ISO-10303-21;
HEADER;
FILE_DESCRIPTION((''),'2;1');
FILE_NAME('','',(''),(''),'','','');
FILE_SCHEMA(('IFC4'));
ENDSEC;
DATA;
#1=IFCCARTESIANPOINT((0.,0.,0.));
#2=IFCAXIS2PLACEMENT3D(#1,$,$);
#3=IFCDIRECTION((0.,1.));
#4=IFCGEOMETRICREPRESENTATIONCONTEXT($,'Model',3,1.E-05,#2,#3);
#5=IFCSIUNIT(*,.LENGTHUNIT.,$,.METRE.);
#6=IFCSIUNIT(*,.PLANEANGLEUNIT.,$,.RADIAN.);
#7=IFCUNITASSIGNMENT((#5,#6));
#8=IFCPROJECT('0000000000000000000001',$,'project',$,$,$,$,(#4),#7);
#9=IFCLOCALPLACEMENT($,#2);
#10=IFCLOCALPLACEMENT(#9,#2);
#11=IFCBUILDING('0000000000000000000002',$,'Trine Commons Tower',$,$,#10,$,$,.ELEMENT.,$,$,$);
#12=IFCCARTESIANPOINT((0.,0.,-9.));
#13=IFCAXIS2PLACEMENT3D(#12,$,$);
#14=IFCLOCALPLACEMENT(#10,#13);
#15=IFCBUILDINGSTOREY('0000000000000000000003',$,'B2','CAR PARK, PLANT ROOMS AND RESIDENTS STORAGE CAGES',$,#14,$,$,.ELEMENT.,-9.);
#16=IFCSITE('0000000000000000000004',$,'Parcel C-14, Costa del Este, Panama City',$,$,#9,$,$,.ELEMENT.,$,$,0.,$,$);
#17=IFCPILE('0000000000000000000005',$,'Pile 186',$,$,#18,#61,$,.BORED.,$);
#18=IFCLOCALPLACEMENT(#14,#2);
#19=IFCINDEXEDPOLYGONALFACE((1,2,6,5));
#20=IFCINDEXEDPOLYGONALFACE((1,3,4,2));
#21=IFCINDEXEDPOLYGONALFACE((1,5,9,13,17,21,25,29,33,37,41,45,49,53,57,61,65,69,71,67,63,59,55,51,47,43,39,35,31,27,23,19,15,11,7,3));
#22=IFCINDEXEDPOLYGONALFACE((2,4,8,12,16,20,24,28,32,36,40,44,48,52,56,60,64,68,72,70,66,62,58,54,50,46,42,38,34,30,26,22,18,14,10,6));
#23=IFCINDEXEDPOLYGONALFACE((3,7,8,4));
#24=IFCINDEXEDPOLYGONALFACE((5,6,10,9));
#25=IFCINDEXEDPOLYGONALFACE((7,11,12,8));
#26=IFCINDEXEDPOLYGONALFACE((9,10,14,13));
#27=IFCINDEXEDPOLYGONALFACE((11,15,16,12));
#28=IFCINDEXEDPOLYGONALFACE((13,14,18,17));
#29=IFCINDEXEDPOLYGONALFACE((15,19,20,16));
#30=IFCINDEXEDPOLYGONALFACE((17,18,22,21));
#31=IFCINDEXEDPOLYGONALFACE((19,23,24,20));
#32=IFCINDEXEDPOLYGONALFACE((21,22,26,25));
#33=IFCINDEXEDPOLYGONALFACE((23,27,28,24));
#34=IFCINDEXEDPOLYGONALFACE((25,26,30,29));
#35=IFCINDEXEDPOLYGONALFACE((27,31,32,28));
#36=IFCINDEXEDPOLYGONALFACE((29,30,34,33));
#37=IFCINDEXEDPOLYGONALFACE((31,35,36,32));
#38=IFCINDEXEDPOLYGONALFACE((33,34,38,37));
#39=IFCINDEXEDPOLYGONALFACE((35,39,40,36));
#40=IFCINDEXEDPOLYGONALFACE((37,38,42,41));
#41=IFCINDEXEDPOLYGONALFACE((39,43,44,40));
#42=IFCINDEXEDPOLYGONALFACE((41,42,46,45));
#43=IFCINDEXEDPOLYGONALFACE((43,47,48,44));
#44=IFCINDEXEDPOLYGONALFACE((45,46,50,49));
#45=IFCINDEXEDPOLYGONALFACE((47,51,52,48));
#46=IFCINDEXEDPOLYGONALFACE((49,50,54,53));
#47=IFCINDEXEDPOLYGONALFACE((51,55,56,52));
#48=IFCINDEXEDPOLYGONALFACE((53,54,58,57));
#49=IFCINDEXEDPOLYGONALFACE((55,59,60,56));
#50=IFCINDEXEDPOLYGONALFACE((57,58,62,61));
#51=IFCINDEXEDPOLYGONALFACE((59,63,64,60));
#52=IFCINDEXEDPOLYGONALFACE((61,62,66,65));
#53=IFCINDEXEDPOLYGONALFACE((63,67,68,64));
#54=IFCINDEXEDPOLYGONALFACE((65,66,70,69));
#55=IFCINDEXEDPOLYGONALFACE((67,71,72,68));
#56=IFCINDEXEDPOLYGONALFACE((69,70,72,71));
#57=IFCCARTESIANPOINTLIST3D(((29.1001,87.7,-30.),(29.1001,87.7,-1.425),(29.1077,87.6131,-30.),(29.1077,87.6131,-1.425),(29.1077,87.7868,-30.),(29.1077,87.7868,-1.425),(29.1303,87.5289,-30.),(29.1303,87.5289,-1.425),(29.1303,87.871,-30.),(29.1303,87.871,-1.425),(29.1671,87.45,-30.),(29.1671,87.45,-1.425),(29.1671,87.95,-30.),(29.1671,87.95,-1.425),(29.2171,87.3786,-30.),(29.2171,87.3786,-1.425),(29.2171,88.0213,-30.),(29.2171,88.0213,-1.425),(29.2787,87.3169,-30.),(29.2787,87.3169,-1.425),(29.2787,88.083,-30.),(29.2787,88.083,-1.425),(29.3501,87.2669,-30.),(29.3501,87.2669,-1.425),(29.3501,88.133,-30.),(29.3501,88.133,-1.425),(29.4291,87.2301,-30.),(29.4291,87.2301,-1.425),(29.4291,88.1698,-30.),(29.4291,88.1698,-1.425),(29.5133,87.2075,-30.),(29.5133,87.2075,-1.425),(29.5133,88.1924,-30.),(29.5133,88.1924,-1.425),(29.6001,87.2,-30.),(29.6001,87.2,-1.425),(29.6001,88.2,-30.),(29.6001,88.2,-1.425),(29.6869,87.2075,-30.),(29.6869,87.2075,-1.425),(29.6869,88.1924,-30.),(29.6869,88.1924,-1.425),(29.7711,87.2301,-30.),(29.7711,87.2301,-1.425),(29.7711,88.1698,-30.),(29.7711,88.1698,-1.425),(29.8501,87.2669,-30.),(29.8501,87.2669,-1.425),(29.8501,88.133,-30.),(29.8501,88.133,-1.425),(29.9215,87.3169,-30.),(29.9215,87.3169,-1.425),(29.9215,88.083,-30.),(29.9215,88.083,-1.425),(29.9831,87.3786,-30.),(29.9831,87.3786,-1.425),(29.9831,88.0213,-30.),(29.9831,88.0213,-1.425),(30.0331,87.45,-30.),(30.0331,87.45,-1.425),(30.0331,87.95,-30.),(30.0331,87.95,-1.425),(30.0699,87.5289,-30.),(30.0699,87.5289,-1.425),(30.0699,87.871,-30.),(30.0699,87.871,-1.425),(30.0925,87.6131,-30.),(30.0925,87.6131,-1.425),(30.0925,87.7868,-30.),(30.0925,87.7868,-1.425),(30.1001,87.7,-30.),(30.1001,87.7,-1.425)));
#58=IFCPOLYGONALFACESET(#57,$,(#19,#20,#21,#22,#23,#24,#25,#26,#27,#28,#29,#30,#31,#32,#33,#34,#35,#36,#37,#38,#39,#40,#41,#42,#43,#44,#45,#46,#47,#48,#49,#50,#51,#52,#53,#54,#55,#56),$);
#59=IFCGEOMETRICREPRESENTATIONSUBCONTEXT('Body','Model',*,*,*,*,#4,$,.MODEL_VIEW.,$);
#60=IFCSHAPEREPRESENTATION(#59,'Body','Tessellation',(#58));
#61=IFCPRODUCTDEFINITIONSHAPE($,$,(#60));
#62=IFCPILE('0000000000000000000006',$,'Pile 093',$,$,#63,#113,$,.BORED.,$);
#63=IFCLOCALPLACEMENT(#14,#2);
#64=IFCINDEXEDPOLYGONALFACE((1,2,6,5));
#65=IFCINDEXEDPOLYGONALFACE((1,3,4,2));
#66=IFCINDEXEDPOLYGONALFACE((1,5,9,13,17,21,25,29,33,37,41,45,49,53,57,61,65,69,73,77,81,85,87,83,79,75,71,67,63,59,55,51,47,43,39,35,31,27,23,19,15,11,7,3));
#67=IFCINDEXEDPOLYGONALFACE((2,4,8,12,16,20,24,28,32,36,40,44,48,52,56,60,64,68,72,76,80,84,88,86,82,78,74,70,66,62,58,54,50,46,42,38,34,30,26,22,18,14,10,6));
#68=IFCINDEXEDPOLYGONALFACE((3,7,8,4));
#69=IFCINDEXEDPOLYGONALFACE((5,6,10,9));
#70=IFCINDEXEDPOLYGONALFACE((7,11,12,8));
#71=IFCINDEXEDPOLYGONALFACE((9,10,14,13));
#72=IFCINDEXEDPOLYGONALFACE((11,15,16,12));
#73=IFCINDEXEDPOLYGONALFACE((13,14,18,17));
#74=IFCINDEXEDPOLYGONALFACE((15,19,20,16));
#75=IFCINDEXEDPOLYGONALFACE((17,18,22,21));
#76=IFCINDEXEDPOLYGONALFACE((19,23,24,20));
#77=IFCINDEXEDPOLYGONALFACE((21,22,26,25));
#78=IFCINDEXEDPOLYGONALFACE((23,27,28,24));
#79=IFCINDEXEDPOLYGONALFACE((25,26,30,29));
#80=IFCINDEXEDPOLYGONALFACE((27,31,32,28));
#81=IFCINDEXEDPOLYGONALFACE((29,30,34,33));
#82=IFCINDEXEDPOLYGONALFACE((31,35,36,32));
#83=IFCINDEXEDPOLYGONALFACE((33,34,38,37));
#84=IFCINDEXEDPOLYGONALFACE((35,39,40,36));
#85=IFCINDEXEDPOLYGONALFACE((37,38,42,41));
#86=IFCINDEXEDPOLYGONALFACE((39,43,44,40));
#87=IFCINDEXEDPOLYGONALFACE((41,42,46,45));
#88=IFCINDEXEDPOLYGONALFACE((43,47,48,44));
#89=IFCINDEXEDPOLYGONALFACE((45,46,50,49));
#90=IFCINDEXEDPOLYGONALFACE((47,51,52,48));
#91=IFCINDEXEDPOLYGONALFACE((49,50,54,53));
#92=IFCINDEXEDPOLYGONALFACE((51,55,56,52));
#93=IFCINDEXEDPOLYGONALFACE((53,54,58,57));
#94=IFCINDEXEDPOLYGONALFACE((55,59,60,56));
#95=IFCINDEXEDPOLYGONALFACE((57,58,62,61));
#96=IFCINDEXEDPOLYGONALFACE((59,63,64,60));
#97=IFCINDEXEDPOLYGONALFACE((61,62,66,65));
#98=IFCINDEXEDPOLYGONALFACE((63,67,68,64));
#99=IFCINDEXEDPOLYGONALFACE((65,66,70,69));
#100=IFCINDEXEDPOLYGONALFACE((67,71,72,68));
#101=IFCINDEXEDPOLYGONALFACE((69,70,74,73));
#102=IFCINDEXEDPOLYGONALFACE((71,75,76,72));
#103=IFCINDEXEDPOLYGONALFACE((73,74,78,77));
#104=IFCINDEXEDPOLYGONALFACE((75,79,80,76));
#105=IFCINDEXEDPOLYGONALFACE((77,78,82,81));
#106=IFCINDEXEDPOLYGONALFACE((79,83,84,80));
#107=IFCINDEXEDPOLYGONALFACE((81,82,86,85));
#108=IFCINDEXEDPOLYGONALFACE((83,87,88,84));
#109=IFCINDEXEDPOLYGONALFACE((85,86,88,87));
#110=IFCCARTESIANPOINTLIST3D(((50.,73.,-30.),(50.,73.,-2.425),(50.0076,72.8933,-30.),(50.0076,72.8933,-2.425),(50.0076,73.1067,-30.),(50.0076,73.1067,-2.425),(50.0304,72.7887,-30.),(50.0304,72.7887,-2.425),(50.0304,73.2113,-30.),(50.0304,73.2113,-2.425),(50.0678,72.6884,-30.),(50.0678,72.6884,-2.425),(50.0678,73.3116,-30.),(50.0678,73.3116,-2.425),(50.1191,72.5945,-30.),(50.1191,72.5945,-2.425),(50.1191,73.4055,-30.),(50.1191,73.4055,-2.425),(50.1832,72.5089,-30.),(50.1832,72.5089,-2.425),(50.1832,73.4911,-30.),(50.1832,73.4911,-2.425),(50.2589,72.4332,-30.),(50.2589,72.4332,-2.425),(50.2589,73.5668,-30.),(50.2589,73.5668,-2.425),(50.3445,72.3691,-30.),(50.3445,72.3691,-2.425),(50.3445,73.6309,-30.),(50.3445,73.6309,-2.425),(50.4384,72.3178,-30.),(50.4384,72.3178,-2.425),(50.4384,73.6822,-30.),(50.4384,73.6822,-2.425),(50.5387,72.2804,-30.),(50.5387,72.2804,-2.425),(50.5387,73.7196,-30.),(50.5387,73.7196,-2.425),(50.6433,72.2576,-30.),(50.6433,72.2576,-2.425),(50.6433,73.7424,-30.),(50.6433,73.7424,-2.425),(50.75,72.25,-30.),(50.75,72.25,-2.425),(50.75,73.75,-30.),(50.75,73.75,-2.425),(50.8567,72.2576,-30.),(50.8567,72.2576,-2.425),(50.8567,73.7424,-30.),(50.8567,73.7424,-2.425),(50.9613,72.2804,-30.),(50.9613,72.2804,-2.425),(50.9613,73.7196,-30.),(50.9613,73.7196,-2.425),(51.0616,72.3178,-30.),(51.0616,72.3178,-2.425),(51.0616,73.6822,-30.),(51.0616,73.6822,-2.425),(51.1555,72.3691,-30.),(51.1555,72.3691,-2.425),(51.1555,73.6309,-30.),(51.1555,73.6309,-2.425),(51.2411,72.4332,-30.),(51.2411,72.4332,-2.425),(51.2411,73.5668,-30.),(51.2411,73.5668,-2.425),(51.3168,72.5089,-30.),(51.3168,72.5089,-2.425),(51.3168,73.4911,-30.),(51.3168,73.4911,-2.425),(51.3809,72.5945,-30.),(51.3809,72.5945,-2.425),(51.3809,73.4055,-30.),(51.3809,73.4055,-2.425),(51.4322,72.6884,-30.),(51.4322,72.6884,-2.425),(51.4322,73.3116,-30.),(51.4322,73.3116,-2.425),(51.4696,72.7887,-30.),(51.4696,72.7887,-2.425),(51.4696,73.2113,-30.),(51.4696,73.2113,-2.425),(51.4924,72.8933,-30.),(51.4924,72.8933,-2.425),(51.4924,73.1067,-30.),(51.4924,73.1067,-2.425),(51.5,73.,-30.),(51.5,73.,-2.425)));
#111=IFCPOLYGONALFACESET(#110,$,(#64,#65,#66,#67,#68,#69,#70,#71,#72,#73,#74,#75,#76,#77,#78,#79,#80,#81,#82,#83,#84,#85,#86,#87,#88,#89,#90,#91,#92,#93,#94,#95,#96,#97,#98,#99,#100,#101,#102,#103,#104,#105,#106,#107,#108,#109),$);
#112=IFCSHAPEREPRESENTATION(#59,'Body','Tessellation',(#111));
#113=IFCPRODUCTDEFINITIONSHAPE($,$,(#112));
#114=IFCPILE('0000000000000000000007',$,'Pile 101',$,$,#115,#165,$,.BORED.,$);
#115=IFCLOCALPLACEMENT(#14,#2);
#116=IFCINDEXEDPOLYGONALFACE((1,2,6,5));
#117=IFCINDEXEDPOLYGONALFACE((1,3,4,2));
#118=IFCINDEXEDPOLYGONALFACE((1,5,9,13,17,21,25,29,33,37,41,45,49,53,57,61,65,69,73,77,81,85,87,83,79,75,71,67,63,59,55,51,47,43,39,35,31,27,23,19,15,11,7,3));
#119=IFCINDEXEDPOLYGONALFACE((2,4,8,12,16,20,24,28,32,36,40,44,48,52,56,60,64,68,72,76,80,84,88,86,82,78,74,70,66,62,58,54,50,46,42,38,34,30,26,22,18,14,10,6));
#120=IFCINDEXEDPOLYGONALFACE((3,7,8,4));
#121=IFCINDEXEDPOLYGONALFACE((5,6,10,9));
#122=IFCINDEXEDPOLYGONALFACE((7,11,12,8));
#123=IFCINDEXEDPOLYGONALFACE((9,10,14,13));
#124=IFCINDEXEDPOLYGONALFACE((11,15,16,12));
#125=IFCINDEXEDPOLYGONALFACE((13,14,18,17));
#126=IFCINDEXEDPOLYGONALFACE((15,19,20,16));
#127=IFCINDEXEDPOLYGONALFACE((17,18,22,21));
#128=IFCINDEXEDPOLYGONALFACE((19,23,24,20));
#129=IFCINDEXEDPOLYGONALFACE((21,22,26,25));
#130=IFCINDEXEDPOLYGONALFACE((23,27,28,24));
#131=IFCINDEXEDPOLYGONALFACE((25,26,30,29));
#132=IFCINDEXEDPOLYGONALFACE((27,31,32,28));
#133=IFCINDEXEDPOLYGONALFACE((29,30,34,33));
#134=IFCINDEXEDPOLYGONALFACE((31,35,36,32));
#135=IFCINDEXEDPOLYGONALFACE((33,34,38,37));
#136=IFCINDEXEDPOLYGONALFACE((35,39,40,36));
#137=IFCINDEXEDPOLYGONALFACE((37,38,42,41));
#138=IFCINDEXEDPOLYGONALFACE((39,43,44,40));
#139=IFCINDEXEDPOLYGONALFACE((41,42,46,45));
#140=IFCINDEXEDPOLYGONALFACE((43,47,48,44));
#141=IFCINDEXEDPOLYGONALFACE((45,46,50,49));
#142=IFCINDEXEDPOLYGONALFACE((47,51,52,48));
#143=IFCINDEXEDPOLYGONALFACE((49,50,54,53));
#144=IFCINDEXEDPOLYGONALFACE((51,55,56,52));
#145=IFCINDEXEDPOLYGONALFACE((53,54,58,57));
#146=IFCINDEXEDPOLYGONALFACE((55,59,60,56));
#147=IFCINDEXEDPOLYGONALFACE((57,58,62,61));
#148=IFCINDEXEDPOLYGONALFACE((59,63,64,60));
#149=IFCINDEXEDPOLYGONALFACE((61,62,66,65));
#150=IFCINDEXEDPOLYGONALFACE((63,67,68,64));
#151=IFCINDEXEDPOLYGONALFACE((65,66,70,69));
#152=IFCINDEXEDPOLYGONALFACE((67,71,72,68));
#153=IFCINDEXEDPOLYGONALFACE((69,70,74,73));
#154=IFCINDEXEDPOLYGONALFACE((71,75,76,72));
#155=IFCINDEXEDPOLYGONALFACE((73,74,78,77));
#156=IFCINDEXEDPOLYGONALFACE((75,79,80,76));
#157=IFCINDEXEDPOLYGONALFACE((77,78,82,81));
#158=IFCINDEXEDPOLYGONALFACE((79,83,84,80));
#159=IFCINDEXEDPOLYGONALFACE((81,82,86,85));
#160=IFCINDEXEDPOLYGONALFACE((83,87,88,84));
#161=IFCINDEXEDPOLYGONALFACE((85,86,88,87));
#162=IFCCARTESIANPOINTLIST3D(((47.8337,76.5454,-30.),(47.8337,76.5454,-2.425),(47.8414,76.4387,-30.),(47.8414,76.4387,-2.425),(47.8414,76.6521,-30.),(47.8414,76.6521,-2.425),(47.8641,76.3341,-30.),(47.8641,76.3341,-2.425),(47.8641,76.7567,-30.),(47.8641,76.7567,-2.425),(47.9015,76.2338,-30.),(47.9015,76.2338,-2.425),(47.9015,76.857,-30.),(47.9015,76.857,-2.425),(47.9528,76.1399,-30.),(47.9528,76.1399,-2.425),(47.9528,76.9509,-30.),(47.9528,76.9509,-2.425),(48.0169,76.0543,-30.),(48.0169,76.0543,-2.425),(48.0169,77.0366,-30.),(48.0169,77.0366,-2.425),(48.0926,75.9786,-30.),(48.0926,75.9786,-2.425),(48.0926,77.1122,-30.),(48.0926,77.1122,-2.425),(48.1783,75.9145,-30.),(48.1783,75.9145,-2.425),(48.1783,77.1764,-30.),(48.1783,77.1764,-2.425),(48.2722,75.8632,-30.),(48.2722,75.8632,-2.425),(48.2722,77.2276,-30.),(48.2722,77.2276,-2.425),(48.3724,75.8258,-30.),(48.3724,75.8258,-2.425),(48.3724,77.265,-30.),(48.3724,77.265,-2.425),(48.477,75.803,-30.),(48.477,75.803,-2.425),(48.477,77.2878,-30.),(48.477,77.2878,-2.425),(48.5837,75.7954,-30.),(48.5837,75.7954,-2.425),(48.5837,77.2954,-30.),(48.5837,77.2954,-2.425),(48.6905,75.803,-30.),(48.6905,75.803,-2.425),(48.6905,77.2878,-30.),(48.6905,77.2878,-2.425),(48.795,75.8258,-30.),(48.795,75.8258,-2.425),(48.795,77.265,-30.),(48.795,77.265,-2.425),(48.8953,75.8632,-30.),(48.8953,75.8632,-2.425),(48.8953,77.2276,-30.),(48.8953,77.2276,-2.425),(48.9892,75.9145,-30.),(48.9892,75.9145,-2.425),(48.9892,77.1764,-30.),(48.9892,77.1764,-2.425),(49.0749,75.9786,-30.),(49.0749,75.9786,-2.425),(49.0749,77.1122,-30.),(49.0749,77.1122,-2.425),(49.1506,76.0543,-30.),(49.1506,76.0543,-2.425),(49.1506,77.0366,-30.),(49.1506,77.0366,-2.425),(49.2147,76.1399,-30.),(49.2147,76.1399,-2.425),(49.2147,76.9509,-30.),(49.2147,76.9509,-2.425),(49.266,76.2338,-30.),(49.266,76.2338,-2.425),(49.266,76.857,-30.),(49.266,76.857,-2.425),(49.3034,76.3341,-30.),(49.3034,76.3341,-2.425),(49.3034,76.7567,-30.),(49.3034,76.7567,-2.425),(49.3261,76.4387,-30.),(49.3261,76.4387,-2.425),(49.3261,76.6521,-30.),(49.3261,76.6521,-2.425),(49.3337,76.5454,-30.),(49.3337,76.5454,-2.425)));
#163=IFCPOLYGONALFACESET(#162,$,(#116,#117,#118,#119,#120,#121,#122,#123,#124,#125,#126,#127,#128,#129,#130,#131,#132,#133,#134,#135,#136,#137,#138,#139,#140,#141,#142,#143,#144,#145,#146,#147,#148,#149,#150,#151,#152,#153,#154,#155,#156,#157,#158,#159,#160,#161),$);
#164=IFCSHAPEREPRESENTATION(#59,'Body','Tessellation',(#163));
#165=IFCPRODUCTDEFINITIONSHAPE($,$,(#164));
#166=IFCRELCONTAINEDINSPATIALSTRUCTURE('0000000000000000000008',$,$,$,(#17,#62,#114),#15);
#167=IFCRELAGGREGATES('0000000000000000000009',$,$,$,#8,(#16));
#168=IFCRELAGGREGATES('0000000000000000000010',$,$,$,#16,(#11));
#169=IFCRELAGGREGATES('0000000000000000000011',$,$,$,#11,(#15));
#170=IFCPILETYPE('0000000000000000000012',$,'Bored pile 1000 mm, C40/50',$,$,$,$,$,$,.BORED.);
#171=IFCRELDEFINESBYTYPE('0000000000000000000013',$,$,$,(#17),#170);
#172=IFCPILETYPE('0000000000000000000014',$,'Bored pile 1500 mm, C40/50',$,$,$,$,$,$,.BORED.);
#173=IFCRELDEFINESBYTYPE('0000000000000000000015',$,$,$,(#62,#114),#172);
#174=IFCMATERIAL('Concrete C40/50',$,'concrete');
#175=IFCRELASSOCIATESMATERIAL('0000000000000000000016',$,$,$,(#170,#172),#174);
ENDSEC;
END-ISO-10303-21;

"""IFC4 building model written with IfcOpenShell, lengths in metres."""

from ifc_helpers import new_model, si_unit, direction, frame, origin, origin_2d, place, context, subcontext, project, spatial, circle, extrude, material, type_object, element, save


model = new_model("IFC4")

# Units and contexts
model_context = context("Model", 3, precision=1e-05, world=origin(), true_north=direction((0.0, 1.0)))
body_context = subcontext(model_context, "Body", "Model", "MODEL_VIEW")
ifc_project = project(units=[si_unit("LENGTHUNIT", "METRE"), si_unit("PLANEANGLEUNIT", "RADIAN")], contexts=[model_context])

# Site, building, storey
site_placement = place(None, origin())
site = spatial("IfcSite", under=ifc_project, at=site_placement, Name="Parcel C-14, Costa del Este, Panama City", CompositionType="ELEMENT", RefElevation=0.0)
building_placement = place(site_placement, origin())
building = spatial("IfcBuilding", under=site, at=building_placement, Name="Trine Commons Tower", CompositionType="ELEMENT")
storey_placement = place(building_placement, frame((0.0, 0.0, -9.0)))
storey = spatial("IfcBuildingStorey", under=building, at=storey_placement, Name="B2", Description="CAR PARK, PLANT ROOMS AND RESIDENTS STORAGE CAGES", CompositionType="ELEMENT", Elevation=-9.0)

# Piles
ifc_material_1 = material(Name="Concrete C40/50", Category="concrete")
pile_type_1 = type_object("IfcPileType", Name="Bored pile 1000 mm, C40/50", PredefinedType="BORED", material=ifc_material_1)
for number, where, z_axis, x_axis, name in (
    (1, (29.6001, 87.7, -1.425), (0.0, 0.0, -1.0), (1.0, 0.0, 0.0), "Pile 186"),
):
    element("IfcPile", number, at=place(storey_placement, frame(where, z_axis=z_axis, x_axis=x_axis)), inside=storey, type_object=pile_type_1, Name=name, PredefinedType="BORED", context=body_context, shape_type="SweptSolid", body=[
        extrude(circle(Radius=0.5, at=origin_2d()), origin(), (0.0, 0.0, 1.0), 28.575),
    ])
pile_type_2 = type_object("IfcPileType", Name="Bored pile 1500 mm, C40/50", PredefinedType="BORED", material=ifc_material_1)
for number, where, z_axis, x_axis, name in (
    (2, (50.75, 73.0, -2.425), (0.0, 0.0, -1.0), (1.0, 0.0, 0.0), "Pile 093"),
    (3, (48.5837, 76.5454, -2.425), (0.0, 0.0, -1.0), (1.0, 0.0, 0.0), "Pile 101"),
):
    element("IfcPile", number, at=place(storey_placement, frame(where, z_axis=z_axis, x_axis=x_axis)), inside=storey, type_object=pile_type_2, Name=name, PredefinedType="BORED", context=body_context, shape_type="SweptSolid", body=[
        extrude(circle(Radius=0.75, at=origin_2d()), origin(), (0.0, 0.0, 1.0), 27.575),
    ])

save(model, "model.ifc")
